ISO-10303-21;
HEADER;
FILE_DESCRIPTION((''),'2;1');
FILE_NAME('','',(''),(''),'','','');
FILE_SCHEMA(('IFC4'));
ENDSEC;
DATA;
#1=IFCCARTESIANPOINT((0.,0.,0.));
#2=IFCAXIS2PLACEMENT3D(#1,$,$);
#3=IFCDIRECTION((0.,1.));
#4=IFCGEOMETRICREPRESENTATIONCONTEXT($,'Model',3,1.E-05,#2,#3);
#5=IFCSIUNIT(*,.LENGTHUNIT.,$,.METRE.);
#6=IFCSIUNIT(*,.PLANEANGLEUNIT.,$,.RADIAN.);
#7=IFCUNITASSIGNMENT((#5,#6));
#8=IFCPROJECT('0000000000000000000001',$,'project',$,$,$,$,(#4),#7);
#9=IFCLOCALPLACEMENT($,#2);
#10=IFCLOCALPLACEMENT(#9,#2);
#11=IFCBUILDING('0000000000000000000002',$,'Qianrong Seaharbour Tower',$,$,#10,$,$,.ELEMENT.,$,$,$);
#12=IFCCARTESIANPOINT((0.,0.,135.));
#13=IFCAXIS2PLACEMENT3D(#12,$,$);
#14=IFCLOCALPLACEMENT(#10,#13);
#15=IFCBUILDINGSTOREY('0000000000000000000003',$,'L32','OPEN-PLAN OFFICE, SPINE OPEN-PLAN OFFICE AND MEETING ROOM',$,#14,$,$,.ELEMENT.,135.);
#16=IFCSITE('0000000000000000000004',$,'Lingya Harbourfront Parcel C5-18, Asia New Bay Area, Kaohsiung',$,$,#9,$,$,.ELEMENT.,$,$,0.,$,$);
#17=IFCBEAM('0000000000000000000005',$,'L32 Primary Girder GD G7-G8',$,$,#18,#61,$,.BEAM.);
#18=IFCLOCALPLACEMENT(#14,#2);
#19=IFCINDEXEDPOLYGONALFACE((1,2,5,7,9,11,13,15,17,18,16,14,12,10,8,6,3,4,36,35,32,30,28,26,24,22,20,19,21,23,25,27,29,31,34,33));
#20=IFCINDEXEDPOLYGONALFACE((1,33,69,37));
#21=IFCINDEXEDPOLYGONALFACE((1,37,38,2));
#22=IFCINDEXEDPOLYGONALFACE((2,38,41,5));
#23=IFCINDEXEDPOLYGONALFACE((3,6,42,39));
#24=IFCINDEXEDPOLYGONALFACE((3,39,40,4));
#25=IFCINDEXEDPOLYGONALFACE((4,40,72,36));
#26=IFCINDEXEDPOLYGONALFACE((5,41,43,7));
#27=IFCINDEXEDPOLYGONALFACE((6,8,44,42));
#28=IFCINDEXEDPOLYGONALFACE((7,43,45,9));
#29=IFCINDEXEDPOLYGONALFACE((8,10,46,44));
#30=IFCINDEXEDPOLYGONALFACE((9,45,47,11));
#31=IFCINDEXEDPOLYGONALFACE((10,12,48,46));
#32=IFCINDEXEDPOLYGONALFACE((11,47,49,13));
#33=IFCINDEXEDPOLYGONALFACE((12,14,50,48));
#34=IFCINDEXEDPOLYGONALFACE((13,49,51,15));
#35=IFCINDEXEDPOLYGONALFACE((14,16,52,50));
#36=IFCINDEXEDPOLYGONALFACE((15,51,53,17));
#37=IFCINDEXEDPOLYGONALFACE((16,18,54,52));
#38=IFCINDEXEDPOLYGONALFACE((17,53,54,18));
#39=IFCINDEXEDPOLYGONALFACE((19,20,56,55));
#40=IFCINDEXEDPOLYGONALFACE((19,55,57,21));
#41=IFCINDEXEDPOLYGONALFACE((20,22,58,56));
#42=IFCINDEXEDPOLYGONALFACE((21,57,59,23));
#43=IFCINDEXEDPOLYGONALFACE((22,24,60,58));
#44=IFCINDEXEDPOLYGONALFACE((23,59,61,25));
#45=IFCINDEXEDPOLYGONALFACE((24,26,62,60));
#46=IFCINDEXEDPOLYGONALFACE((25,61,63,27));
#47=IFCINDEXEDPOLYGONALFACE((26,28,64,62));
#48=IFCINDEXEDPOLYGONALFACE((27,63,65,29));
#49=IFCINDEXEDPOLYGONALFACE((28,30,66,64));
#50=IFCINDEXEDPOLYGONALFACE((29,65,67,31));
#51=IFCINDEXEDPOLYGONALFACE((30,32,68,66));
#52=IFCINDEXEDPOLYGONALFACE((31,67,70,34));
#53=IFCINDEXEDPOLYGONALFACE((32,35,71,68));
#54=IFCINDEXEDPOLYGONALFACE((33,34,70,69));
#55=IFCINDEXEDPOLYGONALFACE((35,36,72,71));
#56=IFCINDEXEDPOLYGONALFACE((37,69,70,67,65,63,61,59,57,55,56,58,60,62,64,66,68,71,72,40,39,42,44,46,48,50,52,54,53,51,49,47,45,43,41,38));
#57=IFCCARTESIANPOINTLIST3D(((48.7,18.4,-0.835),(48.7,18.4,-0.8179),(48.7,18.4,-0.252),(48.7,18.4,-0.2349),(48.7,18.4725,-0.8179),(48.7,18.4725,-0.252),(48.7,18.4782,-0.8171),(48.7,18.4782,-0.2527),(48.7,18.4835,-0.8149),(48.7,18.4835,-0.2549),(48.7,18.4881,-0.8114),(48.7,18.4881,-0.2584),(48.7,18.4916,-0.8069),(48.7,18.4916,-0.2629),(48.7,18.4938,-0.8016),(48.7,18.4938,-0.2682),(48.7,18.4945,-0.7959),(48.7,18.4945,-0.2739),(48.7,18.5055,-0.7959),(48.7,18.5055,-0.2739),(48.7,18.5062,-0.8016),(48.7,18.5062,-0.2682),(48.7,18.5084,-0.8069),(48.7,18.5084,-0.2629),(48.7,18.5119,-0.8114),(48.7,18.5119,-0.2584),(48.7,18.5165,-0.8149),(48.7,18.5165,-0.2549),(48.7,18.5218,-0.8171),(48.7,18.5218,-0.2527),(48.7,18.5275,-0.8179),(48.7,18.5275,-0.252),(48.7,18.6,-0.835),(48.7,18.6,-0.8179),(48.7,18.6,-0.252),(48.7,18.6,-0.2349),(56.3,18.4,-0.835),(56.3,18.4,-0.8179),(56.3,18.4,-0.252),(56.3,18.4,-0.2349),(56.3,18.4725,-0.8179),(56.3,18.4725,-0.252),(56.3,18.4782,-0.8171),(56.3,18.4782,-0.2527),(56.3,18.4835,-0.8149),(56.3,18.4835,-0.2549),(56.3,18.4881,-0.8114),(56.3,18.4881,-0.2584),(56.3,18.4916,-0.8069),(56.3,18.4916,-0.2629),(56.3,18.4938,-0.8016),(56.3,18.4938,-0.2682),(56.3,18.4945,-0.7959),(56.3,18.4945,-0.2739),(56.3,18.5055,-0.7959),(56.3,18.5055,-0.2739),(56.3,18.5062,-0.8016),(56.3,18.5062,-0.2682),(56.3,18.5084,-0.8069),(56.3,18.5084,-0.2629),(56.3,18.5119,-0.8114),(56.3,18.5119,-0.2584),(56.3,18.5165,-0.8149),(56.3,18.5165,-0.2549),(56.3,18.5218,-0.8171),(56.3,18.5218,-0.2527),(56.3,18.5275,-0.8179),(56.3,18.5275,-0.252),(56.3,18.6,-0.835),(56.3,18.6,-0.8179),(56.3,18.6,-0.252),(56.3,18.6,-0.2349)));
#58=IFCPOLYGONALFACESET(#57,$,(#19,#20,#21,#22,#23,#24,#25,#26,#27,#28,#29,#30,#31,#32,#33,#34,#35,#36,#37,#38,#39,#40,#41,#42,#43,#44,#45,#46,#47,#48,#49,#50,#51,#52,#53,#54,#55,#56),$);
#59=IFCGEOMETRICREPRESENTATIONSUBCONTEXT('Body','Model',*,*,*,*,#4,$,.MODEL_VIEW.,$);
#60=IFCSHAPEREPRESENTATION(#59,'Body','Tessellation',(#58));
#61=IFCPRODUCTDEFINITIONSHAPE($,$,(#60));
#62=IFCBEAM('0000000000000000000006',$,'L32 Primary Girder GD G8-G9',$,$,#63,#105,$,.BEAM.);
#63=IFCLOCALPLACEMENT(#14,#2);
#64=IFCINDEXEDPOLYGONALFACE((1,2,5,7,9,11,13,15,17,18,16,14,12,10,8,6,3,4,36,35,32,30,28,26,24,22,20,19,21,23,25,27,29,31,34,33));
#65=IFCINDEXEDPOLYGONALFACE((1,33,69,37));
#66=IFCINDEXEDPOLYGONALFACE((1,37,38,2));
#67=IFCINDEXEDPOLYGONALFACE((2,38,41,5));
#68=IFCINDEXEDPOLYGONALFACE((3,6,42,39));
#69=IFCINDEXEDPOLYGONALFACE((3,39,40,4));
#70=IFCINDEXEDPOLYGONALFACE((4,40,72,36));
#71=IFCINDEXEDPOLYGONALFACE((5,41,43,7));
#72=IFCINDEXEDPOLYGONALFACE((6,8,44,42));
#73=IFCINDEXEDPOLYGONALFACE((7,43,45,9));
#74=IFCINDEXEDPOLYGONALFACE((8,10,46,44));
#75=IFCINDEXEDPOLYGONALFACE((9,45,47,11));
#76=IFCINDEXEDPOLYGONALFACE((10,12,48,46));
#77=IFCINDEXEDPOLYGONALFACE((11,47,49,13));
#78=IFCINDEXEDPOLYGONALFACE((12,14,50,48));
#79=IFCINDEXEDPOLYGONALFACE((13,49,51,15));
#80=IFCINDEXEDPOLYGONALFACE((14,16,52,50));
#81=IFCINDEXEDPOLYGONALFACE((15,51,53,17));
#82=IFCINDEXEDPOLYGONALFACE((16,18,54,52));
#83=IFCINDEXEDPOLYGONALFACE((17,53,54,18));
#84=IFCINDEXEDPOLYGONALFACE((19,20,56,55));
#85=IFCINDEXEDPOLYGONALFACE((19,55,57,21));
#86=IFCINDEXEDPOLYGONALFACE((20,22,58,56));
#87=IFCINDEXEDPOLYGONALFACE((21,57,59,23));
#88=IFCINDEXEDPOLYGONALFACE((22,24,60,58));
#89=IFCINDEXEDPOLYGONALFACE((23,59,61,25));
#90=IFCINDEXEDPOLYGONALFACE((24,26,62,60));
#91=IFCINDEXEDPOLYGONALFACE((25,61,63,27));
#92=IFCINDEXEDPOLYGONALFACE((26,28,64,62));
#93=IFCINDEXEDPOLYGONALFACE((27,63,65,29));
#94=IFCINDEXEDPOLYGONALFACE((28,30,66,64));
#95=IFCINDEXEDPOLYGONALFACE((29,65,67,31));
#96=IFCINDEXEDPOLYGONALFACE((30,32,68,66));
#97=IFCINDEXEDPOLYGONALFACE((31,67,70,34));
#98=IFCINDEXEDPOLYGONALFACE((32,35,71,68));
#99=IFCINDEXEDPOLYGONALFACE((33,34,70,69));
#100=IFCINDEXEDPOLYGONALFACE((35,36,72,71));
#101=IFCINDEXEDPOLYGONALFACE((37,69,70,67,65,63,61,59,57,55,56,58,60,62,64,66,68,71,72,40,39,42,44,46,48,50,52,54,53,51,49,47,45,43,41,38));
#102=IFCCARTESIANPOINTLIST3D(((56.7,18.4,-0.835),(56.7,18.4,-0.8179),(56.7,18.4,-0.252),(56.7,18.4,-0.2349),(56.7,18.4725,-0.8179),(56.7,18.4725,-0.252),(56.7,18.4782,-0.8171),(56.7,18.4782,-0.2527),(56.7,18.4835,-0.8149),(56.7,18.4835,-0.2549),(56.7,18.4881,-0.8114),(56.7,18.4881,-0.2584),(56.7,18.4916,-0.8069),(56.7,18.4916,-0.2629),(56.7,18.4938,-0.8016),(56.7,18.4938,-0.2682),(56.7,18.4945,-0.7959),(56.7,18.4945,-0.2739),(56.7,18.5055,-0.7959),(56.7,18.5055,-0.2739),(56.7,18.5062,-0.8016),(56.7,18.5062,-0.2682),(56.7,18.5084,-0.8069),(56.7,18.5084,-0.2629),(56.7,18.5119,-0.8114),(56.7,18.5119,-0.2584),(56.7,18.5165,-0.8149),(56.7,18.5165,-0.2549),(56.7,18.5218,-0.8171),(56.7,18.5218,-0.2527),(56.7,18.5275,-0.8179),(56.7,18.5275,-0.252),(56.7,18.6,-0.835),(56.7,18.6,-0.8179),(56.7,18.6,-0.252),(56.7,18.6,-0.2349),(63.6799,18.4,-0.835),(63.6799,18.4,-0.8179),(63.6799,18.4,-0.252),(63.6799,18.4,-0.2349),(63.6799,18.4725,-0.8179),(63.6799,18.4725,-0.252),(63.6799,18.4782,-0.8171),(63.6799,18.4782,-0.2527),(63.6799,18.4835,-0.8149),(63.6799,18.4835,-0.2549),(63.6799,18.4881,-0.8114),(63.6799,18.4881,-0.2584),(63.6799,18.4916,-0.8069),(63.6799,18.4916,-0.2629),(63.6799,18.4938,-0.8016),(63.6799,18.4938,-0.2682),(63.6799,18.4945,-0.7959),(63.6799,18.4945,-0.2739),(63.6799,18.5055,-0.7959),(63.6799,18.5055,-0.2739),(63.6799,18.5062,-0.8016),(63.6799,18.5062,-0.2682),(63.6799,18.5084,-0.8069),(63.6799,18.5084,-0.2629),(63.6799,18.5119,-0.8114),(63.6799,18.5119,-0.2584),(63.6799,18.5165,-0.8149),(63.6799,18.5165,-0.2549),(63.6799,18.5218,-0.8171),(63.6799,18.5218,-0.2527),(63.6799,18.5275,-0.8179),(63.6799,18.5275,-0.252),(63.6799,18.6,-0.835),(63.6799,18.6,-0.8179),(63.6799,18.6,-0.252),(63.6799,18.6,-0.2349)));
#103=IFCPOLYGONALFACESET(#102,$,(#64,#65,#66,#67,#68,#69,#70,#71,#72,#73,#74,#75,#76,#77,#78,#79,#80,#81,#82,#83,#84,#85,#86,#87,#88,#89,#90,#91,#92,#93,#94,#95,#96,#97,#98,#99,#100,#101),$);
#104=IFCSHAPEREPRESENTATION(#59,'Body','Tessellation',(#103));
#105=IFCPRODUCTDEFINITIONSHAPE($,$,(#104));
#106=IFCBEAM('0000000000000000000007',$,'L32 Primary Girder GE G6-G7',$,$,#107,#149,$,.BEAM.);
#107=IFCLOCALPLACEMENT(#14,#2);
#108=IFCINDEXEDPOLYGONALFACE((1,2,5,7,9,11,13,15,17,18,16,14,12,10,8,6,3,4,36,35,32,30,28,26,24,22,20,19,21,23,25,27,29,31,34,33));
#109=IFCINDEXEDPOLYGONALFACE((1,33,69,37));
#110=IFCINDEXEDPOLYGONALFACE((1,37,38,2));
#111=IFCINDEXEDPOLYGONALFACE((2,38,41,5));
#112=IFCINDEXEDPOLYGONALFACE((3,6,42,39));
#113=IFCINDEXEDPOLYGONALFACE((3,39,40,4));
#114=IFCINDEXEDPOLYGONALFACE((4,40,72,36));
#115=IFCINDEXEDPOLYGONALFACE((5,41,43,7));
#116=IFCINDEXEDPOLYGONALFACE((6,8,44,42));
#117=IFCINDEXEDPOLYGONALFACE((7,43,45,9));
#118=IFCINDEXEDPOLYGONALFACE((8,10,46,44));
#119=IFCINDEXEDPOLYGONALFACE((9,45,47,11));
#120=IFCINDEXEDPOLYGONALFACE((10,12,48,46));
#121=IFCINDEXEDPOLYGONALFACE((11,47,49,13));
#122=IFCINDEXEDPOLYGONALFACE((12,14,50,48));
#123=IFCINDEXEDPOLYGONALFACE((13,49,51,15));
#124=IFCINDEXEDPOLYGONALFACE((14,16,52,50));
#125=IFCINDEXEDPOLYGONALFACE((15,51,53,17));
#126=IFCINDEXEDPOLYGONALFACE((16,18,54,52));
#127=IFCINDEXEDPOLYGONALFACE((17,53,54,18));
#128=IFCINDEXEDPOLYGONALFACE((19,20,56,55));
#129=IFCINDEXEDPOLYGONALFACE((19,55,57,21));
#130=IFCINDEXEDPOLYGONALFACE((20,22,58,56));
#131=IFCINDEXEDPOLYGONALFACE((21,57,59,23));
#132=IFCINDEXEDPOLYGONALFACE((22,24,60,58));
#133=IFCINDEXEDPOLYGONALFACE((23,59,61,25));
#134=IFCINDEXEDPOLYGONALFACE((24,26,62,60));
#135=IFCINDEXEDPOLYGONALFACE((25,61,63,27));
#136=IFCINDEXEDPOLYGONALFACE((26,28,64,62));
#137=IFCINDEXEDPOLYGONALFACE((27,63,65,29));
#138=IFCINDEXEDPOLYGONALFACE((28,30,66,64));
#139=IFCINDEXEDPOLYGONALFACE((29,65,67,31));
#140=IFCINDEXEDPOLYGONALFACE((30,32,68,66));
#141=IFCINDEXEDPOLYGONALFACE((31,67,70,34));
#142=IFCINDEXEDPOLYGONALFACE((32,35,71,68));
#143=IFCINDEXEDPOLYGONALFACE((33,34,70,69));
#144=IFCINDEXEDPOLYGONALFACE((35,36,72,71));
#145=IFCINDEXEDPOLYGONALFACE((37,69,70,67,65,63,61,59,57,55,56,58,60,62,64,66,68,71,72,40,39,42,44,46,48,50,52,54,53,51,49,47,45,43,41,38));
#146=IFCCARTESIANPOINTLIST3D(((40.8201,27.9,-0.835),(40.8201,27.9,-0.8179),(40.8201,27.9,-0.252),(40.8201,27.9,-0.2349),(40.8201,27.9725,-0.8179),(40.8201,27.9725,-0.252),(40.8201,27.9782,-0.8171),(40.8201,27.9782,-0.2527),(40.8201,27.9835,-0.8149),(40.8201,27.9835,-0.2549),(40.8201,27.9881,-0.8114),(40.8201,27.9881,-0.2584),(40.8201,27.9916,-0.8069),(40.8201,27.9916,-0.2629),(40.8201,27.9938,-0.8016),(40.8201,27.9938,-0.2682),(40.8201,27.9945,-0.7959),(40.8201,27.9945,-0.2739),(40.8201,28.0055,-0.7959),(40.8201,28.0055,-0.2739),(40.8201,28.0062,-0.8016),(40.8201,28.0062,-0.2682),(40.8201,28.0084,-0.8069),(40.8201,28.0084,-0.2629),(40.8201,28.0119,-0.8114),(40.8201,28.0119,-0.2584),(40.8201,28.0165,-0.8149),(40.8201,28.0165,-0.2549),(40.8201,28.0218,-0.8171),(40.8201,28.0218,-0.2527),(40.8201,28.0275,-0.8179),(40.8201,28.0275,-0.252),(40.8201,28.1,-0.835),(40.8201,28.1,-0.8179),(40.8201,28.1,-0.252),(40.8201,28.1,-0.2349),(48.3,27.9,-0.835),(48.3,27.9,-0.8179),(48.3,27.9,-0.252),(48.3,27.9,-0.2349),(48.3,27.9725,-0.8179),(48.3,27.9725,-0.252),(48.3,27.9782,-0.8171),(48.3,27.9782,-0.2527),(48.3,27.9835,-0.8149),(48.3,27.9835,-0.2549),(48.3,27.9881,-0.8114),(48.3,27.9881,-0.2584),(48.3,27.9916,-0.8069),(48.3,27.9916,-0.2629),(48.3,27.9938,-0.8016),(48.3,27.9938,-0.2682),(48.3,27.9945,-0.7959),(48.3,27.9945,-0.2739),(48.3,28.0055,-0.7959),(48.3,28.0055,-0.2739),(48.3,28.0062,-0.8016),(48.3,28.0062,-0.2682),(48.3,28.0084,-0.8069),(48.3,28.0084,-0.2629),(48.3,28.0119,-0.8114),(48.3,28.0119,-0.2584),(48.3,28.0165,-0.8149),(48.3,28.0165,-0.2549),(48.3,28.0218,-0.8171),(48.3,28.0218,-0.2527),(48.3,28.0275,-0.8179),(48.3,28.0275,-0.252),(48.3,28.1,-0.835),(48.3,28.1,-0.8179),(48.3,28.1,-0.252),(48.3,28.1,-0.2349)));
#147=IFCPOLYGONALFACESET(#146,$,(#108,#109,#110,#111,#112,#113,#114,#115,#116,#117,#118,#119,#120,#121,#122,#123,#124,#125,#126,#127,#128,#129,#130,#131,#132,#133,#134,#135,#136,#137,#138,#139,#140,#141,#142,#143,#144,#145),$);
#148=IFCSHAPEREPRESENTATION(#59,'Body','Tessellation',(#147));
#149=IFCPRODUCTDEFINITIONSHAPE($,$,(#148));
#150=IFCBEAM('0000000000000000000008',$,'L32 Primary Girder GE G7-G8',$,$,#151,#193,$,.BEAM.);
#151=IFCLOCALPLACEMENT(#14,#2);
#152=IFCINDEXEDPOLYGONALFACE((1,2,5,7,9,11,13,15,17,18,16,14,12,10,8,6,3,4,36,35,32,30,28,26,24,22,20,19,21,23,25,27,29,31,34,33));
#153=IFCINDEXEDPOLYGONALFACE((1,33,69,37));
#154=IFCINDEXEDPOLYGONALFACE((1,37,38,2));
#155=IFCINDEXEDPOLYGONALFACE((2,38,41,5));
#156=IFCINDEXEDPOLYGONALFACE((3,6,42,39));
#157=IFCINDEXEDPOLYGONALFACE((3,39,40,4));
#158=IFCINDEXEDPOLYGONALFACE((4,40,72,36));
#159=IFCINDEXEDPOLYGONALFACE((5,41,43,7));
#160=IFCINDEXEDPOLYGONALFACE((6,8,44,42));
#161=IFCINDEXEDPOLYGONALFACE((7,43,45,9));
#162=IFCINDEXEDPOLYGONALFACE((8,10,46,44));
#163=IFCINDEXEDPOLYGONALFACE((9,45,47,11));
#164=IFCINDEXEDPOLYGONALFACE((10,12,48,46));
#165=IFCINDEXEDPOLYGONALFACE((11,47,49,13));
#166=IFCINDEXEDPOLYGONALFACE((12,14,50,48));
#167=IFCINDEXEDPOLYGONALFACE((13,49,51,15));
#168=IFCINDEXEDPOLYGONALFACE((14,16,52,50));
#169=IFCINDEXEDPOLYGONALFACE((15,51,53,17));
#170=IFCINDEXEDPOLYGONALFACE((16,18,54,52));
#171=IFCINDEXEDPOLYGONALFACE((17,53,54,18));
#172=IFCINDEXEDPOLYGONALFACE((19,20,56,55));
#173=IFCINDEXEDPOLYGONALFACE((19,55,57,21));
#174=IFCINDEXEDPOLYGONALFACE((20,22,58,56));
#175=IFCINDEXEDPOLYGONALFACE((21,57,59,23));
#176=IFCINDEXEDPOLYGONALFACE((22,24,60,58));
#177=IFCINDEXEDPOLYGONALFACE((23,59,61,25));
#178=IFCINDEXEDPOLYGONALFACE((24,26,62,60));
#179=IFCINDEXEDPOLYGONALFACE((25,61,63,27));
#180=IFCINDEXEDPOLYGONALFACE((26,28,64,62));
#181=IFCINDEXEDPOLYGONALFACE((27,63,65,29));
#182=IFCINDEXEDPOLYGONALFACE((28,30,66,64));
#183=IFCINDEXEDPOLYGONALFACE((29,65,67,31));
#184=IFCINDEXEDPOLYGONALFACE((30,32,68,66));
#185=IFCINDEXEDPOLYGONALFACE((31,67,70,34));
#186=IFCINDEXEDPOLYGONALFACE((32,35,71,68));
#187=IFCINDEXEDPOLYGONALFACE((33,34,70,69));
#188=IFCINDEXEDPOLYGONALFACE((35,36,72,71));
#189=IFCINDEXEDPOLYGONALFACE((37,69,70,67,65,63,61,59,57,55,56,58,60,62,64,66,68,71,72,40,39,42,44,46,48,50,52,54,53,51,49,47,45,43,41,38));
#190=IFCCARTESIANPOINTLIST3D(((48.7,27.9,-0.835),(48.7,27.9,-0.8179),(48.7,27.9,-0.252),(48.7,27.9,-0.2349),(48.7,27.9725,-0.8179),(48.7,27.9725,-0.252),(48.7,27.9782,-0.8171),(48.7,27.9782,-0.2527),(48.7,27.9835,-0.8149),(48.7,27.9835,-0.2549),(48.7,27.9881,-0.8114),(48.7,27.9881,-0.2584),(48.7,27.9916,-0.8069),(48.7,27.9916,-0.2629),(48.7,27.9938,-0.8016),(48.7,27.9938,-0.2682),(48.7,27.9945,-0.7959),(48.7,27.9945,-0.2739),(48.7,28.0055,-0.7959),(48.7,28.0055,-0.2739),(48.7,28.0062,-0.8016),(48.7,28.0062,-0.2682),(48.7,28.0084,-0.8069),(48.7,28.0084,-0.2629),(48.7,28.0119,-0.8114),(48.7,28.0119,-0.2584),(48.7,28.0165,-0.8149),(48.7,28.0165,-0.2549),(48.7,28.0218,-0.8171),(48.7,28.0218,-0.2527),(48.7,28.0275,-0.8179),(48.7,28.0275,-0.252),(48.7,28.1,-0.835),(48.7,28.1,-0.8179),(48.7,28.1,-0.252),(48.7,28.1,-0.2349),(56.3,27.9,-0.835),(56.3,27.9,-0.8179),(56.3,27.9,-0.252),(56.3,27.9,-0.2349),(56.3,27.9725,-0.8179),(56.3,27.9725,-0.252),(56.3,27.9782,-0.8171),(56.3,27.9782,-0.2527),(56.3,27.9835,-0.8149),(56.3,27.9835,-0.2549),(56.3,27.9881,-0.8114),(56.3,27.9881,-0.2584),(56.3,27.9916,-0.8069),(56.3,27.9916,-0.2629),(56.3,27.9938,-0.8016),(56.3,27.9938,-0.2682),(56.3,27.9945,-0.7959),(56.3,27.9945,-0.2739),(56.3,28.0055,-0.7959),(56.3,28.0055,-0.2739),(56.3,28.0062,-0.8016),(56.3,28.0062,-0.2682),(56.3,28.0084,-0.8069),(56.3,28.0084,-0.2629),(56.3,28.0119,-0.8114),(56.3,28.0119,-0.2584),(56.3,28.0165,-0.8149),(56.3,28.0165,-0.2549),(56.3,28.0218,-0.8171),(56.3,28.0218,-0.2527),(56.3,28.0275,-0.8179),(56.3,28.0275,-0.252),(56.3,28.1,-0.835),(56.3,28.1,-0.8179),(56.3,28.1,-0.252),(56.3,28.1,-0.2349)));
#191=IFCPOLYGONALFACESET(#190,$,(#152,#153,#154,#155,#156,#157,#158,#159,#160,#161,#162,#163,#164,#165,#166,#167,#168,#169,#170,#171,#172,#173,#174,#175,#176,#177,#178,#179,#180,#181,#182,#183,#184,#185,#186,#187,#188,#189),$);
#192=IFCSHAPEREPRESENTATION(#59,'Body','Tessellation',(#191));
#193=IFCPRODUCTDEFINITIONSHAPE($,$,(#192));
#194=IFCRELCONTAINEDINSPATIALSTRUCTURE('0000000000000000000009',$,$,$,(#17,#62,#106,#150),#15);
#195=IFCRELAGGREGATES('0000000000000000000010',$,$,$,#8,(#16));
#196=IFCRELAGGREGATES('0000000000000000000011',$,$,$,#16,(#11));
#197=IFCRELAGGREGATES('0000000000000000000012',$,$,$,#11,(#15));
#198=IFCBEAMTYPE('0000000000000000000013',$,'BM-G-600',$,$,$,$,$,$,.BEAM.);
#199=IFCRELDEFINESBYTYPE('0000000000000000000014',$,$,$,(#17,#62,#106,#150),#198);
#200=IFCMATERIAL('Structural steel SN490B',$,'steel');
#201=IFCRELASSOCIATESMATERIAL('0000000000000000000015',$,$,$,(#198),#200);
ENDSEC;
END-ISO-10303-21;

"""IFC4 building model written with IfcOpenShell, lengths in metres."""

from ifc_helpers import new_model, si_unit, direction, frame, origin, origin_2d, place, context, subcontext, project, spatial, i_section, extrude, material, material_profile, profile_set, type_object, element, save


model = new_model("IFC4")

# Units and contexts
model_context = context("Model", 3, precision=1e-05, world=origin(), true_north=direction((0.0, 1.0)))
body_context = subcontext(model_context, "Body", "Model", "MODEL_VIEW")
ifc_project = project(units=[si_unit("LENGTHUNIT", "METRE"), si_unit("PLANEANGLEUNIT", "RADIAN")], contexts=[model_context])

# Site, building, storey
site_placement = place(None, origin())
site = spatial("IfcSite", under=ifc_project, at=site_placement, Name="Lingya Harbourfront Parcel C5-18, Asia New Bay Area, Kaohsiung", CompositionType="ELEMENT", RefElevation=0.0)
building_placement = place(site_placement, origin())
building = spatial("IfcBuilding", under=site, at=building_placement, Name="Qianrong Seaharbour Tower", CompositionType="ELEMENT")
storey_placement = place(building_placement, frame((0.0, 0.0, 135.0)))
storey = spatial("IfcBuildingStorey", under=building, at=storey_placement, Name="L32", Description="OPEN-PLAN OFFICE, SPINE OPEN-PLAN OFFICE AND MEETING ROOM", CompositionType="ELEMENT", Elevation=135.0)

# Shared definitions
ifc_material_1 = material(Name="Structural steel SN490B", Category="steel")

# Beams
ifc_material_profile_1 = material_profile(ifc_material_1, i_section(OverallWidth=0.2, OverallDepth=0.6001, WebThickness=0.011, FlangeThickness=0.0171, FilletRadius=0.022, at=origin_2d()), Name="H600x200x11x17")
ifc_profile_set_1 = profile_set([ifc_material_profile_1], Name="Structural steel SN490B")
beam_type_1 = type_object("IfcBeamType", Name="BM-G-600", PredefinedType="BEAM", material=ifc_profile_set_1)
beam_1_placement = place(storey_placement, frame((48.7, 18.5, -0.5349), z_axis=(1.0, 0.0, 0.0), x_axis=(0.0, 1.0, 0.0)))
element("IfcBeam", 1, at=beam_1_placement, inside=storey, type_object=beam_type_1, Name="L32 Primary Girder GD G7-G8", PredefinedType="BEAM", context=body_context, shape_type="SweptSolid", body=[
    extrude(i_section(OverallWidth=0.2, OverallDepth=0.6001, WebThickness=0.011, FlangeThickness=0.0171, FilletRadius=0.022, at=origin_2d()), origin(), (0.0, 0.0, 1.0), 7.6001),
])
beam_2_placement = place(storey_placement, frame((56.7, 18.5, -0.5349), z_axis=(1.0, 0.0, 0.0), x_axis=(0.0, 1.0, 0.0)))
element("IfcBeam", 2, at=beam_2_placement, inside=storey, type_object=beam_type_1, Name="L32 Primary Girder GD G8-G9", PredefinedType="BEAM", context=body_context, shape_type="SweptSolid", body=[
    extrude(i_section(OverallWidth=0.2, OverallDepth=0.6001, WebThickness=0.011, FlangeThickness=0.0171, FilletRadius=0.022, at=origin_2d()), origin(), (0.0, 0.0, 1.0), 6.98),
])
beam_3_placement = place(storey_placement, frame((40.8201, 28.0, -0.5349), z_axis=(1.0, 0.0, 0.0), x_axis=(0.0, 1.0, 0.0)))
element("IfcBeam", 3, at=beam_3_placement, inside=storey, type_object=beam_type_1, Name="L32 Primary Girder GE G6-G7", PredefinedType="BEAM", context=body_context, shape_type="SweptSolid", body=[
    extrude(i_section(OverallWidth=0.2, OverallDepth=0.6001, WebThickness=0.011, FlangeThickness=0.0171, FilletRadius=0.022, at=origin_2d()), origin(), (0.0, 0.0, 1.0), 7.48),
])
beam_4_placement = place(storey_placement, frame((48.7, 28.0, -0.5349), z_axis=(1.0, 0.0, 0.0), x_axis=(0.0, 1.0, 0.0)))
element("IfcBeam", 4, at=beam_4_placement, inside=storey, type_object=beam_type_1, Name="L32 Primary Girder GE G7-G8", PredefinedType="BEAM", context=body_context, shape_type="SweptSolid", body=[
    extrude(i_section(OverallWidth=0.2, OverallDepth=0.6001, WebThickness=0.011, FlangeThickness=0.0171, FilletRadius=0.022, at=origin_2d()), origin(), (0.0, 0.0, 1.0), 7.6001),
])

save(model, "model.ifc")
